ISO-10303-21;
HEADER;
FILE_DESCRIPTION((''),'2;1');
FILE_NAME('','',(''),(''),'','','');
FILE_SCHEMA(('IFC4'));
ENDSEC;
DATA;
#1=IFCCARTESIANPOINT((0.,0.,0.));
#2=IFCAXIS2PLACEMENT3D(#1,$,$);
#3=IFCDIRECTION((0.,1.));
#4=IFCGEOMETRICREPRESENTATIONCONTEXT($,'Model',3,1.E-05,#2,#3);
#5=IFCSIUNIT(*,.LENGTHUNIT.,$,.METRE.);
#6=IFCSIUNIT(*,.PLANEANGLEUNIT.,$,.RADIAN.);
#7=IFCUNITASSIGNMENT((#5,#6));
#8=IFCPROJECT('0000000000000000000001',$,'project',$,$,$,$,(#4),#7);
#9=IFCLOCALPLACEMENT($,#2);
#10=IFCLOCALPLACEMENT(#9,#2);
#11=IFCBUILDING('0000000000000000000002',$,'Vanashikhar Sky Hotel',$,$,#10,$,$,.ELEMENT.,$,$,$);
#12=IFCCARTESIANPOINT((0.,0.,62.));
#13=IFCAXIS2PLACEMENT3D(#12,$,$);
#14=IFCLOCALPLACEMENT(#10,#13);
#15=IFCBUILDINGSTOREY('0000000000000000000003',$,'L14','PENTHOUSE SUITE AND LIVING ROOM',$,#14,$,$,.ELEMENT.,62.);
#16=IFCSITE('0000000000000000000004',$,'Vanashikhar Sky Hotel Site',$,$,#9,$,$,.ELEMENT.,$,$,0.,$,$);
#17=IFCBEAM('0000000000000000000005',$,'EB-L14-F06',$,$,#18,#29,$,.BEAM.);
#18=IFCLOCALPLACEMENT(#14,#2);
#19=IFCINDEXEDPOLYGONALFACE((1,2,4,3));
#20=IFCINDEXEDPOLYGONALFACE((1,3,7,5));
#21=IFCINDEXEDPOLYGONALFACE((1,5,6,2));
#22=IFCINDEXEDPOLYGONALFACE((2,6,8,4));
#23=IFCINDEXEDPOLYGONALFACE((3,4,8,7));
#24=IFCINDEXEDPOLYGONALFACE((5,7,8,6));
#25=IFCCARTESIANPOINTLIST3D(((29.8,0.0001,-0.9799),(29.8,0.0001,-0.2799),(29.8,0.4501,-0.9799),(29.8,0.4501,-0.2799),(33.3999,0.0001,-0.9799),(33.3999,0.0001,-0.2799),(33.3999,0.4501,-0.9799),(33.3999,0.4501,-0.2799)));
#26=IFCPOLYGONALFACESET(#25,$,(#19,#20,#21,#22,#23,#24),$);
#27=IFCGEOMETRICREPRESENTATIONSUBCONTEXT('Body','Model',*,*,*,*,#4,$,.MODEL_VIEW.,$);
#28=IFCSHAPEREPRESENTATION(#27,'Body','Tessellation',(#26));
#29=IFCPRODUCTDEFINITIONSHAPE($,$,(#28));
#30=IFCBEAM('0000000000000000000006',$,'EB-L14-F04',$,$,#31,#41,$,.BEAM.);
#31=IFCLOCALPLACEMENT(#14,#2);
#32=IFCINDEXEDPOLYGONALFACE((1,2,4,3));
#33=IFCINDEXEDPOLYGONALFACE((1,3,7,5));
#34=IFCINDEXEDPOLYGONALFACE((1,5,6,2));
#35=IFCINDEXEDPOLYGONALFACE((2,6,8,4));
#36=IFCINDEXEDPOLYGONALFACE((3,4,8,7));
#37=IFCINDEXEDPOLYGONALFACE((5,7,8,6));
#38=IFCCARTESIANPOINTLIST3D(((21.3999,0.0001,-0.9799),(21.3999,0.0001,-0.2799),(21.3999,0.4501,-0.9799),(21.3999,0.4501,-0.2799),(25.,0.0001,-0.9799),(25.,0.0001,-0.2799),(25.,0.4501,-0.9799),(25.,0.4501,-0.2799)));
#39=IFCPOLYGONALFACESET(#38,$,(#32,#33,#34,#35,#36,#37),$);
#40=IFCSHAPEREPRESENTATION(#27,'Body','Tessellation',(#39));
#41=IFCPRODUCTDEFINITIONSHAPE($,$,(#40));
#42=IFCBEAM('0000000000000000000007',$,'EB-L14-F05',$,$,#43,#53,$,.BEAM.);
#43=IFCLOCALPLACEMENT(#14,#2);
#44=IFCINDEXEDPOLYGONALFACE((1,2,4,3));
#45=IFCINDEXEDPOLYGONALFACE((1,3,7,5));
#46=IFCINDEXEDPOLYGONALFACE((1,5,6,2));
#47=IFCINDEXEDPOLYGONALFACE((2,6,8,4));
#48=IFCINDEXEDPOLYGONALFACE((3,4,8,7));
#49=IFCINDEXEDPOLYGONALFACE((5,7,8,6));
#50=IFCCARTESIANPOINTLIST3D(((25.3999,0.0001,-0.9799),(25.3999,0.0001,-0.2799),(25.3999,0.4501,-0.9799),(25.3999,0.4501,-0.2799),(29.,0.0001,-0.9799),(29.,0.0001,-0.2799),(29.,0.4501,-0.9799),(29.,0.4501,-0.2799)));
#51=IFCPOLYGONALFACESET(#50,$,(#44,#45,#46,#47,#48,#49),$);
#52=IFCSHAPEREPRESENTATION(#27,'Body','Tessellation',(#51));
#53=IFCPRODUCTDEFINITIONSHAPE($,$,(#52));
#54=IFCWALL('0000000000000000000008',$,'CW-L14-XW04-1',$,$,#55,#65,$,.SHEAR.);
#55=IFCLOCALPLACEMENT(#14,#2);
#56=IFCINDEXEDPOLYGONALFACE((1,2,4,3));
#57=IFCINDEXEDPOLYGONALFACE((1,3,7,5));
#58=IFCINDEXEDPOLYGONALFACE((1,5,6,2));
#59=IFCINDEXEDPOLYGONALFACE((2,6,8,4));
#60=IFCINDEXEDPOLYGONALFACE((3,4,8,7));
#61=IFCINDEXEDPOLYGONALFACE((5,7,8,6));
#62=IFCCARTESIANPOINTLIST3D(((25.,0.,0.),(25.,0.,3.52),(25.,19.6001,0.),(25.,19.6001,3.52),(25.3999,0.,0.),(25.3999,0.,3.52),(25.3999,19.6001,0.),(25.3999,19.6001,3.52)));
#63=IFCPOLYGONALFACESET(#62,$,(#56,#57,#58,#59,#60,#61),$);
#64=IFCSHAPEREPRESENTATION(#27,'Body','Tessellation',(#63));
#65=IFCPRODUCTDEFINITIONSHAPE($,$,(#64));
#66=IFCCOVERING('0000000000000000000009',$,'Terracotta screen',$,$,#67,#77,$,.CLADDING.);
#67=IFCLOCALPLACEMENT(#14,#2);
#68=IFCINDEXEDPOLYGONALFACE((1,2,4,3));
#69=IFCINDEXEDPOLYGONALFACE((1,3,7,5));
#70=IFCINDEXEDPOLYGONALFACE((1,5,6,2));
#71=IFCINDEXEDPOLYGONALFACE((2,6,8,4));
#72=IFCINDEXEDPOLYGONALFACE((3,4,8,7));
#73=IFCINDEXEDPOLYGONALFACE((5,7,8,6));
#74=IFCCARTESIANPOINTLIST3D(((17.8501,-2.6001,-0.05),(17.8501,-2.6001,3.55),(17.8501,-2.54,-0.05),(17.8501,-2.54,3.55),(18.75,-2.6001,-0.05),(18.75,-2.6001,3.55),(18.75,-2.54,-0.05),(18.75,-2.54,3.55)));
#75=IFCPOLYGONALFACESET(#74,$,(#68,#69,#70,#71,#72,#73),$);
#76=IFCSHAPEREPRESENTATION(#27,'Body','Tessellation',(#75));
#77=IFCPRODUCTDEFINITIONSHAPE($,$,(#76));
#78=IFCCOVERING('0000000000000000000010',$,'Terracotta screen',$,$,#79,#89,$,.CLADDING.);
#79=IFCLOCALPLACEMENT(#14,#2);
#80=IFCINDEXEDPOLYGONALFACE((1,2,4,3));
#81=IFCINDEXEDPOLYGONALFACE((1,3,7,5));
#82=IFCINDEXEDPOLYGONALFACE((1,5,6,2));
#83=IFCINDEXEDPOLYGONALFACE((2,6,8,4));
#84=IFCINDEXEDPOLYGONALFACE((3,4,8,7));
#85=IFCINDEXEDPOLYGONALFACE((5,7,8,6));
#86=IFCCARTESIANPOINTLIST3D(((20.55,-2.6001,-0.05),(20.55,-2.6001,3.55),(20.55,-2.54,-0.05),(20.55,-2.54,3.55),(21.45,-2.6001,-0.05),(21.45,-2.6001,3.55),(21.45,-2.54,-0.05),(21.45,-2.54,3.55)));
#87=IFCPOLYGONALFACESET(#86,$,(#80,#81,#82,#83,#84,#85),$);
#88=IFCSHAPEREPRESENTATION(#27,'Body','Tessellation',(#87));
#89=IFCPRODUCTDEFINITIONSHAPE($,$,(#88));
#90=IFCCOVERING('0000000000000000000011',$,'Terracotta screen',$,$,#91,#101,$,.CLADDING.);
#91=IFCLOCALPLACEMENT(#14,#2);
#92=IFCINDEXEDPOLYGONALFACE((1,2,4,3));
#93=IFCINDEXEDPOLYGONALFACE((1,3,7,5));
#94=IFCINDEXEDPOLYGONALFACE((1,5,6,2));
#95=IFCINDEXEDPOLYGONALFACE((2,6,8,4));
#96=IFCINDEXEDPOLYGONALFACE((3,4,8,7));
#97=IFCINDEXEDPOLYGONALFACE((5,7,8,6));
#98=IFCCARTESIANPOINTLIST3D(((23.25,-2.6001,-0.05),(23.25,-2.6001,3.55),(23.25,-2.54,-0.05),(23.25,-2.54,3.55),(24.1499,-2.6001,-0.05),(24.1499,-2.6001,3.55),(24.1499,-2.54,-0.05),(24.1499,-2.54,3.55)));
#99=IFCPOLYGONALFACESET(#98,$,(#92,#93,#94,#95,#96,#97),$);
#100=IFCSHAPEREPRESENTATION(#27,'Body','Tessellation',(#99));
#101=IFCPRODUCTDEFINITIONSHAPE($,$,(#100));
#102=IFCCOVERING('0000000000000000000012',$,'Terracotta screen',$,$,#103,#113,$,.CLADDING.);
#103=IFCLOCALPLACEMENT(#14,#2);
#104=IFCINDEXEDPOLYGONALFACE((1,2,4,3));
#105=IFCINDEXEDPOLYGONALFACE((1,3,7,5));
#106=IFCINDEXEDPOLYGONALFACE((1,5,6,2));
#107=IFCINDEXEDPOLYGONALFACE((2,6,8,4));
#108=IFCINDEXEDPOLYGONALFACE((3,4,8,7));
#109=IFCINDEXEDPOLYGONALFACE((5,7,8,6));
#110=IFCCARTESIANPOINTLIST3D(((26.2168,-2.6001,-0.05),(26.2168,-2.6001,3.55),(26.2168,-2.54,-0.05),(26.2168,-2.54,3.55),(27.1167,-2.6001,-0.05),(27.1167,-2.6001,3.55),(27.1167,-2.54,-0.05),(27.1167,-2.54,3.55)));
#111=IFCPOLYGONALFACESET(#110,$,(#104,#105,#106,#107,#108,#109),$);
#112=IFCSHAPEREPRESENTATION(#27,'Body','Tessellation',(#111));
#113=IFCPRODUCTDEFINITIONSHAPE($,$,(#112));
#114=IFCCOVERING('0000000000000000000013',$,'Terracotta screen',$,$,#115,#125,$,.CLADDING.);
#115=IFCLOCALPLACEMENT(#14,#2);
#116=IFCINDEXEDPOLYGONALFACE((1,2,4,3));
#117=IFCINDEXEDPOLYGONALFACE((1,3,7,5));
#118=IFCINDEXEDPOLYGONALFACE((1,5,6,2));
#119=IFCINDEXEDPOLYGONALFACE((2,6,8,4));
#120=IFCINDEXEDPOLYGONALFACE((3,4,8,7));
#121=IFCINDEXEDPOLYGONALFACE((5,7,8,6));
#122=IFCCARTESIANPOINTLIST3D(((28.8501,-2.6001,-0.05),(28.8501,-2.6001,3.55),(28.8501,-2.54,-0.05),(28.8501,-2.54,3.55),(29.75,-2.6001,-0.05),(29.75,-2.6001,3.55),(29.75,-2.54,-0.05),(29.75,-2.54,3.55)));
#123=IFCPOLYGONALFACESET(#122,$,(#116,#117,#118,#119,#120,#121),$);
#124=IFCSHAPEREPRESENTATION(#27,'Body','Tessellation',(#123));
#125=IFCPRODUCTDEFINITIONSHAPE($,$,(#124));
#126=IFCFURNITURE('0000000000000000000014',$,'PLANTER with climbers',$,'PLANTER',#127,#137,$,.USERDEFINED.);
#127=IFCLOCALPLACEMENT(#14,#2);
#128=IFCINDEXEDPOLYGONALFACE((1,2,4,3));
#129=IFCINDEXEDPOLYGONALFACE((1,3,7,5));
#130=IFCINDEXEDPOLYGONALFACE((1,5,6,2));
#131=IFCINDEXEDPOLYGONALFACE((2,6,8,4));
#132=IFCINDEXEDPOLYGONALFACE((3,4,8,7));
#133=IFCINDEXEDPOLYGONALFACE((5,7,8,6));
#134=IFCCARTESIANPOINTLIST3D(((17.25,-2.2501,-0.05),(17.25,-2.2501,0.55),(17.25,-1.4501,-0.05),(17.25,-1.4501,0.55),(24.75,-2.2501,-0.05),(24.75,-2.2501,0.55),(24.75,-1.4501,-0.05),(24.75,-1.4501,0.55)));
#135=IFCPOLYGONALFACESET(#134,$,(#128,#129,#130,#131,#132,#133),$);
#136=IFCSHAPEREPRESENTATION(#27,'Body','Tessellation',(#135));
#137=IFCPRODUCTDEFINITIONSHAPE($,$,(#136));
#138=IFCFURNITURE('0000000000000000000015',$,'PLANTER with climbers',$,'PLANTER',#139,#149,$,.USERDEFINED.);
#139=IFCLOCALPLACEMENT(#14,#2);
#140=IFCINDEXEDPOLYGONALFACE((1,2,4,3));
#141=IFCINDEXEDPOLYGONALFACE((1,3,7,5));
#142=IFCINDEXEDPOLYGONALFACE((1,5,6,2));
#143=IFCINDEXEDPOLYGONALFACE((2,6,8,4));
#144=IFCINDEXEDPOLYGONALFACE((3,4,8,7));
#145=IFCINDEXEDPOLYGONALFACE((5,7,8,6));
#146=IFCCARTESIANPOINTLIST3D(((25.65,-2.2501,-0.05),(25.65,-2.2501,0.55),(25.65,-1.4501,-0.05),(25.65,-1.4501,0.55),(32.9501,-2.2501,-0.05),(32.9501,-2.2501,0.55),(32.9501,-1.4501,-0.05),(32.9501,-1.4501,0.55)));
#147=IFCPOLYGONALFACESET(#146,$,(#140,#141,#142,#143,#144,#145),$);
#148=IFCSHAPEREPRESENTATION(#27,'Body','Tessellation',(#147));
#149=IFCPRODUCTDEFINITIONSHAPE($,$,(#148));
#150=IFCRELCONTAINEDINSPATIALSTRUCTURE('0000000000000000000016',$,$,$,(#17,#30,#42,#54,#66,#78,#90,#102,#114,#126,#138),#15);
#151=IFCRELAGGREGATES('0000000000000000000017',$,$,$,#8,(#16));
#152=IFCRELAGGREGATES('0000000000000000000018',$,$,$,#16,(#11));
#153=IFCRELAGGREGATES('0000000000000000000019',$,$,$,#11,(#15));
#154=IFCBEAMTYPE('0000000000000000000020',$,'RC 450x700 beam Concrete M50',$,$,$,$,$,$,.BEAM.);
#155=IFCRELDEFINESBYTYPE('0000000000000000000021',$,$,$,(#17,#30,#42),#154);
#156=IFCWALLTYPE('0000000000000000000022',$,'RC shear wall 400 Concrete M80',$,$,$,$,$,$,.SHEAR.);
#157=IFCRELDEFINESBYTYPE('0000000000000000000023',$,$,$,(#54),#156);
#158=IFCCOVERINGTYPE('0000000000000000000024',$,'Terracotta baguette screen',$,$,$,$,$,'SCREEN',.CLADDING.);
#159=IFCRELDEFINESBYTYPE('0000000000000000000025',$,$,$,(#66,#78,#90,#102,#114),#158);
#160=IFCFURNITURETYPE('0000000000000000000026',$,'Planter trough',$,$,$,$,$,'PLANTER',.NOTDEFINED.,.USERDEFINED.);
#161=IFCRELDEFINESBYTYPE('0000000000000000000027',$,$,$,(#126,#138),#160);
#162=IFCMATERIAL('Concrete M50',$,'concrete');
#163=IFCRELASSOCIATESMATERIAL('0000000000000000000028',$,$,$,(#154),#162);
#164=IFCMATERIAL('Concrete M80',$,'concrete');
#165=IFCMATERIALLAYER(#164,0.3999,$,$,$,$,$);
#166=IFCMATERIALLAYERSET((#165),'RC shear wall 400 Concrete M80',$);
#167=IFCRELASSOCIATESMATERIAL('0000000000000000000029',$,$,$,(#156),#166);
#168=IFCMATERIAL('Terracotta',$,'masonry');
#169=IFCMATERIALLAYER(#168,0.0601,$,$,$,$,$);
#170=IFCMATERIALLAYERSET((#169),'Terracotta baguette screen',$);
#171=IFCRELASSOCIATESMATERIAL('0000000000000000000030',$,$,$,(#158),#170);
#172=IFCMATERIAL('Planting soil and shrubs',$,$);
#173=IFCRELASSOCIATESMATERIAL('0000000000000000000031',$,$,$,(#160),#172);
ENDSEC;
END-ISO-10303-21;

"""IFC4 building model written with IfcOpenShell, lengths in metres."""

from ifc_helpers import new_model, si_unit, direction, frame, frame_2d, origin, origin_2d, place, context, subcontext, project, spatial, rectangle, extrude, source, transform, mapped, material, layer, layer_set, material_profile, profile_set, type_object, element, save


model = new_model("IFC4")

# Units and contexts
model_context = context("Model", 3, precision=1e-05, world=origin(), true_north=direction((0.0, 1.0)))
body_context = subcontext(model_context, "Body", "Model", "MODEL_VIEW")
ifc_project = project(units=[si_unit("LENGTHUNIT", "METRE"), si_unit("PLANEANGLEUNIT", "RADIAN")], contexts=[model_context])

# Site, building, storey
site_placement = place(None, origin())
site = spatial("IfcSite", under=ifc_project, at=site_placement, Name="Vanashikhar Sky Hotel Site", CompositionType="ELEMENT", RefElevation=0.0)
building_placement = place(site_placement, origin())
building = spatial("IfcBuilding", under=site, at=building_placement, Name="Vanashikhar Sky Hotel", CompositionType="ELEMENT")
storey_placement = place(building_placement, frame((0.0, 0.0, 62.0)))
storey = spatial("IfcBuildingStorey", under=building, at=storey_placement, Name="L14", Description="PENTHOUSE SUITE AND LIVING ROOM", CompositionType="ELEMENT", Elevation=62.0)

# Beams
ifc_material_1 = material(Name="Concrete M50", Category="concrete")
ifc_material_profile = material_profile(ifc_material_1, rectangle(XDim=0.45, YDim=0.7, at=origin_2d()))
ifc_profile_set = profile_set([ifc_material_profile], Name="RC 450x700 beam Concrete M50")
beam_type = type_object("IfcBeamType", Name="RC 450x700 beam Concrete M50", PredefinedType="BEAM", material=ifc_profile_set)
shared_shape_1 = source(origin(), body_context, "Body", "SweptSolid", [
    extrude(rectangle(XDim=0.45, YDim=0.7, at=origin_2d()), origin(), (0.0, 0.0, 1.0), 3.5999),
])
beam_placement = place(storey_placement, frame((29.8, 0.2251, -0.6299), z_axis=(1.0, 0.0, 0.0), x_axis=(0.0, 1.0, 0.0)))
element("IfcBeam", 1, at=beam_placement, inside=storey, type_object=beam_type, Name="EB-L14-F06", PredefinedType="BEAM", context=body_context, shape_type="MappedRepresentation", body=[
    mapped(shared_shape_1, transform((0.0, 0.0, 0.0), scale=1.0)),
])
shared_shape_2 = source(origin(), body_context, "Body", "SweptSolid", [
    extrude(rectangle(XDim=0.45, YDim=0.7, at=origin_2d()), origin(), (0.0, 0.0, 1.0), 3.6001),
])
for number, where, z_axis, x_axis, name in (
    (2, (21.3999, 0.2251, -0.6299), (1.0, 0.0, 0.0), (0.0, 1.0, 0.0), "EB-L14-F04"),
    (3, (25.3999, 0.2251, -0.6299), (1.0, 0.0, 0.0), (0.0, 1.0, 0.0), "EB-L14-F05"),
):
    element("IfcBeam", number, at=place(storey_placement, frame(where, z_axis=z_axis, x_axis=x_axis)), inside=storey, type_object=beam_type, Name=name, PredefinedType="BEAM", context=body_context, shape_type="MappedRepresentation", body=[
        mapped(shared_shape_2, transform((0.0, 0.0, 0.0), scale=1.0)),
    ])

# Wall
ifc_material_2 = material(Name="Concrete M80", Category="concrete")
ifc_layer_1 = layer(ifc_material_2, 0.3999)
ifc_layer_set_1 = layer_set([ifc_layer_1], Name="RC shear wall 400 Concrete M80")
wall_type_1 = type_object("IfcWallType", Name="RC shear wall 400 Concrete M80", PredefinedType="SHEAR", material=ifc_layer_set_1)
shared_shape_3 = source(origin(), body_context, "Body", "SweptSolid", [
    extrude(rectangle(XDim=19.6001, YDim=0.3999, at=frame_2d((9.8, 0.0))), origin(), (0.0, 0.0, 1.0), 3.52),
])
wall_1_placement = place(storey_placement, frame((25.2, 0.0, 0.0), z_axis=(0.0, 0.0, 1.0), x_axis=(0.0, 1.0, 0.0)))
element("IfcWall", 4, at=wall_1_placement, inside=storey, type_object=wall_type_1, Name="CW-L14-XW04-1", PredefinedType="SHEAR", context=body_context, shape_type="MappedRepresentation", body=[
    mapped(shared_shape_3, transform((0.0, 0.0, 0.0), scale=1.0)),
])

# Coverings
ifc_material_3 = material(Name="Terracotta", Category="masonry")
ifc_layer_2 = layer(ifc_material_3, 0.0601)
ifc_layer_set_2 = layer_set([ifc_layer_2], Name="Terracotta baguette screen")
covering_type = type_object("IfcCoveringType", Name="Terracotta baguette screen", ElementType="SCREEN", PredefinedType="CLADDING", material=ifc_layer_set_2)
shared_shape_4 = source(origin(), body_context, "Body", "SweptSolid", [
    extrude(rectangle(XDim=0.8999, YDim=0.0601, at=origin_2d()), origin(), (0.0, 0.0, 1.0), 3.6001),
])
for number, where, z_axis, x_axis, name in (
    (5, (18.3, -2.5701, -0.05), (0.0, 0.0, 1.0), (1.0, 0.0, 0.0), "Terracotta screen"),
    (6, (21.0, -2.5701, -0.05), (0.0, 0.0, 1.0), (1.0, 0.0, 0.0), "Terracotta screen"),
    (7, (23.7, -2.5701, -0.05), (0.0, 0.0, 1.0), (1.0, 0.0, 0.0), "Terracotta screen"),
    (8, (26.6667, -2.5701, -0.05), (0.0, 0.0, 1.0), (1.0, 0.0, 0.0), "Terracotta screen"),
    (9, (29.3, -2.5701, -0.05), (0.0, 0.0, 1.0), (1.0, 0.0, 0.0), "Terracotta screen"),
):
    element("IfcCovering", number, at=place(storey_placement, frame(where, z_axis=z_axis, x_axis=x_axis)), inside=storey, type_object=covering_type, Name=name, PredefinedType="CLADDING", context=body_context, shape_type="MappedRepresentation", body=[
        mapped(shared_shape_4, transform((0.0, 0.0, 0.0), scale=1.0)),
    ])

# Furniture
ifc_material_4 = material(Name="Planting soil and shrubs")
furniture_type = type_object("IfcFurnitureType", Name="Planter trough", ElementType="PLANTER", AssemblyPlace="NOTDEFINED", PredefinedType="USERDEFINED", material=ifc_material_4)
shared_shape_5 = source(origin(), body_context, "Body", "SweptSolid", [
    extrude(rectangle(XDim=7.5, YDim=0.8, at=origin_2d()), origin(), (0.0, 0.0, 1.0), 0.6001),
])
furniture_1_placement = place(storey_placement, frame((21.0, -1.8501, -0.05), z_axis=(0.0, 0.0, 1.0), x_axis=(1.0, 0.0, 0.0)))
element("IfcFurniture", 10, at=furniture_1_placement, inside=storey, type_object=furniture_type, Name="PLANTER with climbers", ObjectType="PLANTER", PredefinedType="USERDEFINED", context=body_context, shape_type="MappedRepresentation", body=[
    mapped(shared_shape_5, transform((0.0, 0.0, 0.0), scale=1.0)),
])
shared_shape_6 = source(origin(), body_context, "Body", "SweptSolid", [
    extrude(rectangle(XDim=7.3, YDim=0.8, at=origin_2d()), origin(), (0.0, 0.0, 1.0), 0.6001),
])
furniture_2_placement = place(storey_placement, frame((29.3, -1.8501, -0.05), z_axis=(0.0, 0.0, 1.0), x_axis=(1.0, 0.0, 0.0)))
element("IfcFurniture", 11, at=furniture_2_placement, inside=storey, type_object=furniture_type, Name="PLANTER with climbers", ObjectType="PLANTER", PredefinedType="USERDEFINED", context=body_context, shape_type="MappedRepresentation", body=[
    mapped(shared_shape_6, transform((0.0, 0.0, 0.0), scale=1.0)),
])

save(model, "model.ifc")
